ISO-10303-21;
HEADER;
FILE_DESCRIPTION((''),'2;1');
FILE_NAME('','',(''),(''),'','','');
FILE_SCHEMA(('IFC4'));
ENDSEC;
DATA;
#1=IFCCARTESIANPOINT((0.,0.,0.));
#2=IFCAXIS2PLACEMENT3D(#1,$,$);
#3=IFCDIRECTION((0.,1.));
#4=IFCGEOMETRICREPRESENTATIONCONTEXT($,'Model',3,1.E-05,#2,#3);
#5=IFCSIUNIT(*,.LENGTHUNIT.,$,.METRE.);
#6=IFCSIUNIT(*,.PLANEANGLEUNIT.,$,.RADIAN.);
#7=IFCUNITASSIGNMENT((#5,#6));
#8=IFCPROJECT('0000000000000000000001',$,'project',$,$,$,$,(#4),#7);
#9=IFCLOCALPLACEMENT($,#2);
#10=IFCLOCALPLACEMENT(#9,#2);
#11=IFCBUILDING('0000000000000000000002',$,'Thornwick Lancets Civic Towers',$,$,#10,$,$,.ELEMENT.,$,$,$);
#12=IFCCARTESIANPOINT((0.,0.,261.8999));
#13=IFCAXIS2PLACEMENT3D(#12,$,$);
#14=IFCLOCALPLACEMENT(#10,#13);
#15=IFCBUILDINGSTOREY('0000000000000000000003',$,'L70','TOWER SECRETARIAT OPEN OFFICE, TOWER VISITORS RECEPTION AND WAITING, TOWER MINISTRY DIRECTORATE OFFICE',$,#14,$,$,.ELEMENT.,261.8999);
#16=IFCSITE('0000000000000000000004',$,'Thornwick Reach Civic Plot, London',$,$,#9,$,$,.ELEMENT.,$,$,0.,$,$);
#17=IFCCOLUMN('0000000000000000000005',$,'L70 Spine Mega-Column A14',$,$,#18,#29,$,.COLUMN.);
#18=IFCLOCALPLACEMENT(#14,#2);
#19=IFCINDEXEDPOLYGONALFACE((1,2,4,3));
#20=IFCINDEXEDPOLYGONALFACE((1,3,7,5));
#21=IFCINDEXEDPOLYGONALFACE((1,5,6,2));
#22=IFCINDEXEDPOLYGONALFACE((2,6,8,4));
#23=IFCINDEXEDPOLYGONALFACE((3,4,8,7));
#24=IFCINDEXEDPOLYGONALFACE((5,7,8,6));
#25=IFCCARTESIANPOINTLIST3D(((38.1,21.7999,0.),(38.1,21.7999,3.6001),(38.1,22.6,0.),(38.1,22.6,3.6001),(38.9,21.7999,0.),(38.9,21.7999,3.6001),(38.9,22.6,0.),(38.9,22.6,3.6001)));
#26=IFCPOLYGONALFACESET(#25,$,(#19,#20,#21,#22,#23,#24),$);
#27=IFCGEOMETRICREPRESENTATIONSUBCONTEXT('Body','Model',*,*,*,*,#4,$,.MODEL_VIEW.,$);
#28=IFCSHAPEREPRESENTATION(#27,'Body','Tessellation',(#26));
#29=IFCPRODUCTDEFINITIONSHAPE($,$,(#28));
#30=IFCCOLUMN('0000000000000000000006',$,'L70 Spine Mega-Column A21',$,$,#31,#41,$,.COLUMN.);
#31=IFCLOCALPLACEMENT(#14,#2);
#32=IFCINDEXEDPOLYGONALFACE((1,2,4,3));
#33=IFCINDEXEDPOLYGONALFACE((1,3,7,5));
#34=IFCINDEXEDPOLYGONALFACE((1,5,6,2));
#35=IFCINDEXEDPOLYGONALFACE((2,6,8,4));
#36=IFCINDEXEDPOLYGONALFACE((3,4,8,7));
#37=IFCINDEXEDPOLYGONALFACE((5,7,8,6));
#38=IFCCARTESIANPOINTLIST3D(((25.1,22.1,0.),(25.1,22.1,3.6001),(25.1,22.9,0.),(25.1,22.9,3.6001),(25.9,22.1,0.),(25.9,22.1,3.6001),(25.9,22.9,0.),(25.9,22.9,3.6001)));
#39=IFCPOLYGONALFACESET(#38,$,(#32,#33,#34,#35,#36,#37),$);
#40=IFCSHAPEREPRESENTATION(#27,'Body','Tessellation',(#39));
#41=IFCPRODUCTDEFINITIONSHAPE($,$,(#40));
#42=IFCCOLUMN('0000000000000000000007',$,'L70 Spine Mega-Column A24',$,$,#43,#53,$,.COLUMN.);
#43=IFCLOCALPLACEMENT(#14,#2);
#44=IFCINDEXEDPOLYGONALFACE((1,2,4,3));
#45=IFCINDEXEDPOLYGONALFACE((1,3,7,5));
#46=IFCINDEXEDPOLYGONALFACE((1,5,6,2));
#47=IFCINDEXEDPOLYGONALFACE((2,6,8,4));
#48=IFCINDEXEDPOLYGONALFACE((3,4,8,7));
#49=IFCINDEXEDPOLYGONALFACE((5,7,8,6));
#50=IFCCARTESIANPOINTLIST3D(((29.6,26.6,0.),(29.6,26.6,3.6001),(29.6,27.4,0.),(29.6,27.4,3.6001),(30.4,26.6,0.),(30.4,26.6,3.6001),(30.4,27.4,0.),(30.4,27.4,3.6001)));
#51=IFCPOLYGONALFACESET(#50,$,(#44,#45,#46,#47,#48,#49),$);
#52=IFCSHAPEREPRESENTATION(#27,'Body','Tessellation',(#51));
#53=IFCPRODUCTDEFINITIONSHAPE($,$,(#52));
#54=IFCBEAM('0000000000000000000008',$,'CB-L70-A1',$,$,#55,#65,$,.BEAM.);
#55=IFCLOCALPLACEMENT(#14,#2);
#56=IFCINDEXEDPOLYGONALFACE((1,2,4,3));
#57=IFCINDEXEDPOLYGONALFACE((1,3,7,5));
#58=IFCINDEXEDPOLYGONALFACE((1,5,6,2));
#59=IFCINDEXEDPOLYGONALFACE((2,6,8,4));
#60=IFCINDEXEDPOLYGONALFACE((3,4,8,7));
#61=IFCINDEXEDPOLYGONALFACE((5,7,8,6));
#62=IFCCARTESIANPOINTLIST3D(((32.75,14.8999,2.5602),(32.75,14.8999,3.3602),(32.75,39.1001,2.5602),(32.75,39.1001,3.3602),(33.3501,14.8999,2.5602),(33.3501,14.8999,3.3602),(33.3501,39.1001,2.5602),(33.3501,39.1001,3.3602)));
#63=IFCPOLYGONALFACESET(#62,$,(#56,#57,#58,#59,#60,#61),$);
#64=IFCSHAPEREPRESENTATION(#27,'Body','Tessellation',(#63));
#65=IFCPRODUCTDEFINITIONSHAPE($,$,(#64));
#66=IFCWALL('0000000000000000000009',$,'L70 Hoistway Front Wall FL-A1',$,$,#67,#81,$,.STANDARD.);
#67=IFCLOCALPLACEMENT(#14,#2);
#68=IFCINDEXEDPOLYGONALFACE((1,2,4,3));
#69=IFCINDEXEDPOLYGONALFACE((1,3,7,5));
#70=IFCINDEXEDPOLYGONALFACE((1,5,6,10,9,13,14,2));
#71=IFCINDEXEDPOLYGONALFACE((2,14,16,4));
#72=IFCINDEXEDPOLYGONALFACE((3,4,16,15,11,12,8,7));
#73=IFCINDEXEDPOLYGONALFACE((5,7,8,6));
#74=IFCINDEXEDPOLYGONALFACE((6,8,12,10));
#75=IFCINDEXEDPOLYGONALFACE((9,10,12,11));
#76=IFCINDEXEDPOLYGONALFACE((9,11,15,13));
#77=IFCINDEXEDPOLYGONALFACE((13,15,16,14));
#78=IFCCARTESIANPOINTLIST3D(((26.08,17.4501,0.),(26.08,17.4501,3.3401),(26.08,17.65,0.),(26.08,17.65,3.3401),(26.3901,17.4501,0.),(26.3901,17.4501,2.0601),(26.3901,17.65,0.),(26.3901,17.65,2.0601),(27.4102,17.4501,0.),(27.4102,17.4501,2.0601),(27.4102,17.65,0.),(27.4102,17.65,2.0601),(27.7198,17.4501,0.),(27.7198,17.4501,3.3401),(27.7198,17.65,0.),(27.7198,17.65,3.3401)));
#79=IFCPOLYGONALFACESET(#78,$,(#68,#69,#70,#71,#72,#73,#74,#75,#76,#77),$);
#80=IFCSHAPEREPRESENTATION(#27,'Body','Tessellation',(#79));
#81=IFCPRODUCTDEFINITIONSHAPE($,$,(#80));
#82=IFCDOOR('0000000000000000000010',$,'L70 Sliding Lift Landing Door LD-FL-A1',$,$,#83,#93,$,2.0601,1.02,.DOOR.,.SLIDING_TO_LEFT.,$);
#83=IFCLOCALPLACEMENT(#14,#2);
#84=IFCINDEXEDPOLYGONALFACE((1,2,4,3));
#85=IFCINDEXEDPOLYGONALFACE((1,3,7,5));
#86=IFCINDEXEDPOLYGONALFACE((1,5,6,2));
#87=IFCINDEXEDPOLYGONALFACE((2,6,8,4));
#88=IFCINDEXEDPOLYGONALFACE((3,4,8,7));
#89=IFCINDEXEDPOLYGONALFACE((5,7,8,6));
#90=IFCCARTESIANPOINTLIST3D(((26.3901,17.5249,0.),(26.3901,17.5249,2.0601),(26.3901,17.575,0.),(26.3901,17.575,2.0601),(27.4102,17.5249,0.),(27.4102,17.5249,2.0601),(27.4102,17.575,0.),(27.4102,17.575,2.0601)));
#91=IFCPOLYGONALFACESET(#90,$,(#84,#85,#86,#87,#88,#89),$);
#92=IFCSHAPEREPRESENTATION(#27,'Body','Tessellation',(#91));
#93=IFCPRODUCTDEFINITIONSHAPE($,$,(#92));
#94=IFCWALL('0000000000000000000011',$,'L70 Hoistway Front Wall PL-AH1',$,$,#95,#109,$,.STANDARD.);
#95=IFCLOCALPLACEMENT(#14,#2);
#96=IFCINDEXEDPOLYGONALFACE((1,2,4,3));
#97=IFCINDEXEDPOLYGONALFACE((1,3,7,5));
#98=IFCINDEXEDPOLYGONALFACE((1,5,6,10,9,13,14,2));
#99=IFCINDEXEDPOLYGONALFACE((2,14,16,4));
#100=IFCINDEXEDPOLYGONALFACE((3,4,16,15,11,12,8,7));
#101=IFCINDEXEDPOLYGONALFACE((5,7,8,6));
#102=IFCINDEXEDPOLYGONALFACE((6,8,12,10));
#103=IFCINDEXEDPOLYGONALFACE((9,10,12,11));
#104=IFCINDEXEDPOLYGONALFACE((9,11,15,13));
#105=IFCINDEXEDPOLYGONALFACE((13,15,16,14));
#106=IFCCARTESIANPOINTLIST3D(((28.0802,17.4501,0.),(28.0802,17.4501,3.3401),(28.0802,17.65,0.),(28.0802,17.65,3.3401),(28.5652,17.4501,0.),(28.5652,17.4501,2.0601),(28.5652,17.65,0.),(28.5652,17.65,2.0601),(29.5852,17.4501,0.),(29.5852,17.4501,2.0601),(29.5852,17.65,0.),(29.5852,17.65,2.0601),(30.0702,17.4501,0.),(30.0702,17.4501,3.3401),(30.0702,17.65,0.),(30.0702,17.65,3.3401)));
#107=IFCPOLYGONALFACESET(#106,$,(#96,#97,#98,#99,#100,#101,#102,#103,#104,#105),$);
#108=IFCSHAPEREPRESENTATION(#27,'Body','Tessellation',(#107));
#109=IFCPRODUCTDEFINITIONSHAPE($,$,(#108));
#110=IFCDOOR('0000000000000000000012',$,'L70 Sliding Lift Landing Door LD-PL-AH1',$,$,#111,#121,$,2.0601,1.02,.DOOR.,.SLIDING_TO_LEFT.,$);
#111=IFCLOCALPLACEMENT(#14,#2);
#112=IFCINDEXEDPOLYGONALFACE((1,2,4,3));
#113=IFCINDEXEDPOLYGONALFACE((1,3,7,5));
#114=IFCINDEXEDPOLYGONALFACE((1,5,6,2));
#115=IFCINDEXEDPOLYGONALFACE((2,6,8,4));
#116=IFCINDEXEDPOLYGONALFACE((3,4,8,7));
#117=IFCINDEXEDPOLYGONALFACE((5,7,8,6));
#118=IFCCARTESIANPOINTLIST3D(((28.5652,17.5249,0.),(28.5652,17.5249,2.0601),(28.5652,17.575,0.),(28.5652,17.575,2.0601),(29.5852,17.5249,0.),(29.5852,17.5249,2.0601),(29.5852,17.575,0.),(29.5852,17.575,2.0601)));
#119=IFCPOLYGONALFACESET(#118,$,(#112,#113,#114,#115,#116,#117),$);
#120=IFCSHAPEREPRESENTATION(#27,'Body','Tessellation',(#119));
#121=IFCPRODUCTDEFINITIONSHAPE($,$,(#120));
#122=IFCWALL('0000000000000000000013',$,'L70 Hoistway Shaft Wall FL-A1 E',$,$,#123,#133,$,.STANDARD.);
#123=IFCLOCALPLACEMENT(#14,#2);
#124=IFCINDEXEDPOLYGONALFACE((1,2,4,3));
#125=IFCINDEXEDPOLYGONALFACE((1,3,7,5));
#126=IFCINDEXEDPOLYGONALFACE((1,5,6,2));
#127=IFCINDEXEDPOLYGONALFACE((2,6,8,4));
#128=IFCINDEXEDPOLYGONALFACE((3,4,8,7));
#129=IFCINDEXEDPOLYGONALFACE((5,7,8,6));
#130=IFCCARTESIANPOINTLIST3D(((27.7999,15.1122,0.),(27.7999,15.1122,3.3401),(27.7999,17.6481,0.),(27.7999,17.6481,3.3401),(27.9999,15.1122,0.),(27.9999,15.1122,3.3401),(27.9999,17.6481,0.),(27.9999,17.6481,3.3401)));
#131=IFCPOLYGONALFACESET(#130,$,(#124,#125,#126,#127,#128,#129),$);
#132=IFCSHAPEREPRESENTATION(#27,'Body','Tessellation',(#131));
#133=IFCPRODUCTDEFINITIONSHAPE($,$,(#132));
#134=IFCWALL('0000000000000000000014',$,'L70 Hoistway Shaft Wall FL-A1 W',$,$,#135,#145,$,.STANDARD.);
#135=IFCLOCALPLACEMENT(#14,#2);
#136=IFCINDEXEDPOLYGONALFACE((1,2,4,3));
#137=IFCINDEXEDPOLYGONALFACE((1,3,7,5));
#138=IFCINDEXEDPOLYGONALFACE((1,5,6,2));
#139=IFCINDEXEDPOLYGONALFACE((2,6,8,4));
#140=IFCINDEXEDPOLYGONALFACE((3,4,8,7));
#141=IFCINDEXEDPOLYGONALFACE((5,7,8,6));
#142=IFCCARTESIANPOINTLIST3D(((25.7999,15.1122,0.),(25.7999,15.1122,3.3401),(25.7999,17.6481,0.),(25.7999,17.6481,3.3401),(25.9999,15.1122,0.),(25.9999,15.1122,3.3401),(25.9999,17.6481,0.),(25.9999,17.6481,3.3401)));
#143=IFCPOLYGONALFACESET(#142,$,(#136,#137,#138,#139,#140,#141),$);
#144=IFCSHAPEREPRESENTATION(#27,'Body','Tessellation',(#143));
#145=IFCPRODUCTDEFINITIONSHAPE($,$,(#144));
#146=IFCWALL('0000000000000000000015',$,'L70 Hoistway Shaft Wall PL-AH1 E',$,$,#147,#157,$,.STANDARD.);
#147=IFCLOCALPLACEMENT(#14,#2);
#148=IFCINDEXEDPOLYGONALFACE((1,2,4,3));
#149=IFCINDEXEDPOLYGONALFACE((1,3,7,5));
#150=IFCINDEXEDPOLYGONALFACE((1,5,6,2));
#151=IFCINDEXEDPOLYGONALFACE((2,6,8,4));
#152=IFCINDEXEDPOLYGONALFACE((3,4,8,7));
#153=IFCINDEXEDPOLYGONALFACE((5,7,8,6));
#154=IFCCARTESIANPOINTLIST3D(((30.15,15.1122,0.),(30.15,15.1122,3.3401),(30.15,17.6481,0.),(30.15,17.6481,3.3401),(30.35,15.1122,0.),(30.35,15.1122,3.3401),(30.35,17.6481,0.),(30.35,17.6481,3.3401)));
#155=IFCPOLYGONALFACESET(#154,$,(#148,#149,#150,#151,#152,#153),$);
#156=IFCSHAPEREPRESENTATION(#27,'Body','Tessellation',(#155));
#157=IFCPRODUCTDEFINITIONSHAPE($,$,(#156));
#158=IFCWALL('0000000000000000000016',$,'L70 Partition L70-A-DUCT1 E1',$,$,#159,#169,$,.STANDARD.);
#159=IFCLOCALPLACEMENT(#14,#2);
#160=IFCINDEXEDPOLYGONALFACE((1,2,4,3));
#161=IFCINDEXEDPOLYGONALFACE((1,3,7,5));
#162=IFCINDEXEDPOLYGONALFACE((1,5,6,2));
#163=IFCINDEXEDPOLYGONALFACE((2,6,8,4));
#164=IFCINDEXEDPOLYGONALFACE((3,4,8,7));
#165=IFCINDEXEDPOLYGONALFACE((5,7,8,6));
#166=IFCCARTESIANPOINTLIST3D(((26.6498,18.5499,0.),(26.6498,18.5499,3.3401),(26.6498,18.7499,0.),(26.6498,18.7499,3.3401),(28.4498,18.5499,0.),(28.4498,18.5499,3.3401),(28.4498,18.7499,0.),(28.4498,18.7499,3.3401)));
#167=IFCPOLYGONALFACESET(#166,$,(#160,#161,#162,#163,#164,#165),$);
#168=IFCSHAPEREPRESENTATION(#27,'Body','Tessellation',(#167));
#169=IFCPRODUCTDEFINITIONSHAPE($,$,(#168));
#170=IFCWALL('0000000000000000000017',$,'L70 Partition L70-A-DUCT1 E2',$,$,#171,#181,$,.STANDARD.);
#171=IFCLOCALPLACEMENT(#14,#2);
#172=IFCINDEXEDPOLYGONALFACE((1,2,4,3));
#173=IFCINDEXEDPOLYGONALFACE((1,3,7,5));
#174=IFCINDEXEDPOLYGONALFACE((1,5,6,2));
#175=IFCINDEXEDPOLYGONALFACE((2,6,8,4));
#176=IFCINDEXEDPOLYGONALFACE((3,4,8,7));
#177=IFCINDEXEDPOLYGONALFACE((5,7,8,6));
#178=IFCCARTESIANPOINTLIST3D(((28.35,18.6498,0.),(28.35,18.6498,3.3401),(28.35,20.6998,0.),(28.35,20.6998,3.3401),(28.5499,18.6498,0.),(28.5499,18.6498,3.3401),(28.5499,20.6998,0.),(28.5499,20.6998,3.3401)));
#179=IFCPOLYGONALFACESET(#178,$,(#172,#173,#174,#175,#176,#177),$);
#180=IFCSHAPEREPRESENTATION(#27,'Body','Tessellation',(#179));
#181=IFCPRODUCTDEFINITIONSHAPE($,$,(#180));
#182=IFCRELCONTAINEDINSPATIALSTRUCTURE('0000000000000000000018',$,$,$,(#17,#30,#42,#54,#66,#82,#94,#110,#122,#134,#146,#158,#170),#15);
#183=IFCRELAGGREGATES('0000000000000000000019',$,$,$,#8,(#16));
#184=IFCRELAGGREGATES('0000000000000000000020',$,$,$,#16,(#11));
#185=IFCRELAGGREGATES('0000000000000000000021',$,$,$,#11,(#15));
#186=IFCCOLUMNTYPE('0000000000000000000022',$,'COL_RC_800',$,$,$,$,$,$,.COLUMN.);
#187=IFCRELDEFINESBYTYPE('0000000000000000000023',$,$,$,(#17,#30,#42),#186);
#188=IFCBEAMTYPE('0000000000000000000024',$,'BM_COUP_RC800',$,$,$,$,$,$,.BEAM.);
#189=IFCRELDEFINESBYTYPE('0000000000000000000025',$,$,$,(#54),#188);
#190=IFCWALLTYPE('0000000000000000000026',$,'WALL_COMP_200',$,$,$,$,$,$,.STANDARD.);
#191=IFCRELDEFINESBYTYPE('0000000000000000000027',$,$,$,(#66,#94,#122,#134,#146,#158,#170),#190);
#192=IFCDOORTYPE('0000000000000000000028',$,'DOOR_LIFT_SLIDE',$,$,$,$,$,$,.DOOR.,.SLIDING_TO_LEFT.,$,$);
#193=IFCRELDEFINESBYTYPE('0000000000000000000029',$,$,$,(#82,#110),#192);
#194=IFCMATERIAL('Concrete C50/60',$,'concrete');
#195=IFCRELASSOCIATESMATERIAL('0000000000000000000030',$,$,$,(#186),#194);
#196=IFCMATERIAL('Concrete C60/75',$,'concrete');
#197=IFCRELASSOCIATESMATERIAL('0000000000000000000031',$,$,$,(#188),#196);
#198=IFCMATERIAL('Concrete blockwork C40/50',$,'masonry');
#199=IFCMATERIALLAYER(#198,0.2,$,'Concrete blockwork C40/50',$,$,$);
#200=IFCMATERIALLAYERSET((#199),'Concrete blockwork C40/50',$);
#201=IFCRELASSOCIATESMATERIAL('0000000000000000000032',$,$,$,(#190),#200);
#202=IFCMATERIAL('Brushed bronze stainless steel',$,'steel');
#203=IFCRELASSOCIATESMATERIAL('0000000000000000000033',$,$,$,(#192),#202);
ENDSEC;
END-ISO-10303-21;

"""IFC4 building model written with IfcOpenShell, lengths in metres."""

from ifc_helpers import new_model, si_unit, direction, frame, frame_2d, origin, origin_2d, place, context, subcontext, project, spatial, rectangle, extrude, material, layer, layer_set, material_profile, profile_set, type_object, element, fill, save


model = new_model("IFC4")

# Units and contexts
model_context = context("Model", 3, precision=1e-05, world=origin(), true_north=direction((0.0, 1.0)))
body_context = subcontext(model_context, "Body", "Model", "MODEL_VIEW")
ifc_project = project(units=[si_unit("LENGTHUNIT", "METRE"), si_unit("PLANEANGLEUNIT", "RADIAN")], contexts=[model_context])

# Site, building, storey
site_placement = place(None, origin())
site = spatial("IfcSite", under=ifc_project, at=site_placement, Name="Thornwick Reach Civic Plot, London", CompositionType="ELEMENT", RefElevation=0.0)
building_placement = place(site_placement, origin())
building = spatial("IfcBuilding", under=site, at=building_placement, Name="Thornwick Lancets Civic Towers", CompositionType="ELEMENT")
storey_placement = place(building_placement, frame((0.0, 0.0, 261.8999)))
storey = spatial("IfcBuildingStorey", under=building, at=storey_placement, Name="L70", Description="TOWER SECRETARIAT OPEN OFFICE, TOWER VISITORS RECEPTION AND WAITING, TOWER MINISTRY DIRECTORATE OFFICE", CompositionType="ELEMENT", Elevation=261.8999)

# Columns
ifc_material_1 = material(Name="Concrete C50/60", Category="concrete")
ifc_material_profile_1 = material_profile(ifc_material_1, rectangle(XDim=0.8, YDim=0.8, at=origin_2d()), Name="RC 800x800")
ifc_profile_set_1 = profile_set([ifc_material_profile_1], Name="Concrete C50/60")
column_type = type_object("IfcColumnType", Name="COL_RC_800", PredefinedType="COLUMN", material=ifc_profile_set_1)
for number, where, z_axis, x_axis, name in (
    (1, (38.5, 22.2, 0.0), (0.0, 0.0, 1.0), (1.0, 0.0, 0.0), "L70 Spine Mega-Column A14"),
    (2, (25.5, 22.5, 0.0), (0.0, 0.0, 1.0), (1.0, 0.0, 0.0), "L70 Spine Mega-Column A21"),
    (3, (30.0, 27.0, 0.0), (0.0, 0.0, 1.0), (1.0, 0.0, 0.0), "L70 Spine Mega-Column A24"),
):
    element("IfcColumn", number, at=place(storey_placement, frame(where, z_axis=z_axis, x_axis=x_axis)), inside=storey, type_object=column_type, Name=name, PredefinedType="COLUMN", context=body_context, shape_type="SweptSolid", body=[
        extrude(rectangle(XDim=0.8, YDim=0.8, at=origin_2d()), origin(), (0.0, 0.0, 1.0), 3.6001),
    ])

# Beam
ifc_material_2 = material(Name="Concrete C60/75", Category="concrete")
ifc_material_profile_2 = material_profile(ifc_material_2, rectangle(XDim=0.6001, YDim=0.8, at=origin_2d()), Name="RC 600x800")
ifc_profile_set_2 = profile_set([ifc_material_profile_2], Name="Concrete C60/75")
beam_type = type_object("IfcBeamType", Name="BM_COUP_RC800", PredefinedType="BEAM", material=ifc_profile_set_2)
beam_placement = place(storey_placement, frame((33.05, 14.8999, 2.9602), z_axis=(0.0, 1.0, 0.0), x_axis=(-1.0, 0.0, 0.0)))
element("IfcBeam", 4, at=beam_placement, inside=storey, type_object=beam_type, Name="CB-L70-A1", PredefinedType="BEAM", context=body_context, shape_type="SweptSolid", body=[
    extrude(rectangle(XDim=0.6001, YDim=0.8, at=origin_2d()), origin(), (0.0, 0.0, 1.0), 24.2002),
])

# Walls, openings, doors
ifc_material_3 = material(Name="Concrete blockwork C40/50", Category="masonry")
ifc_layer_1 = layer(ifc_material_3, 0.2, Name="Concrete blockwork C40/50")
ifc_layer_set_1 = layer_set([ifc_layer_1], Name="Concrete blockwork C40/50")
wall_type_1 = type_object("IfcWallType", Name="WALL_COMP_200", PredefinedType="STANDARD", material=ifc_layer_set_1)
wall_1_placement = place(storey_placement, frame((26.0801, 17.55, 0.0), z_axis=(0.0, 0.0, 1.0), x_axis=(1.0, 0.0, 0.0)))
wall_1 = element("IfcWall", 5, at=wall_1_placement, inside=storey, type_object=wall_type_1, Name="L70 Hoistway Front Wall FL-A1", PredefinedType="STANDARD", context=body_context, shape_type="SweptSolid", body=[
    extrude(rectangle(XDim=1.6399, YDim=0.2, at=frame_2d((0.8198, 0.0))), origin(), (0.0, 0.0, 1.0), 3.3401),
])
opening_1_placement = place(wall_1_placement, frame((0.3101, 0.0, 0.0)))
opening_1 = element("IfcOpeningElement", 6, at=opening_1_placement, cuts=wall_1, PredefinedType="OPENING", context=body_context, shape_type="SweptSolid", body=[
    extrude(rectangle(XDim=1.02, YDim=2.0601, at=frame_2d((0.51, 1.03))), frame((0.0, 0.1099, 0.0), z_axis=(0.0, -1.0, 0.0), x_axis=(1.0, 0.0, 0.0)), (0.0, 0.0, 1.0), 0.22),
])
ifc_material_4 = material(Name="Brushed bronze stainless steel", Category="steel")
door_type_1 = type_object("IfcDoorType", Name="DOOR_LIFT_SLIDE", OperationType="SLIDING_TO_LEFT", PredefinedType="DOOR", material=ifc_material_4)
door_1_placement = place(opening_1_placement, origin())
door_1 = element("IfcDoor", 7, at=door_1_placement, inside=storey, type_object=door_type_1, Name="L70 Sliding Lift Landing Door LD-FL-A1", OperationType="SLIDING_TO_LEFT", OverallHeight=2.0601, OverallWidth=1.02, PredefinedType="DOOR", context=body_context, shape_type="SweptSolid", body=[
    extrude(rectangle(XDim=1.02, YDim=2.0601, at=frame_2d((0.51, 1.03))), frame((0.0, 0.0249, 0.0), z_axis=(0.0, -1.0, 0.0), x_axis=(1.0, 0.0, 0.0)), (0.0, 0.0, 1.0), 0.05),
])
fill(opening_1, door_1)
wall_2_placement = place(storey_placement, frame((28.0801, 17.55, 0.0), z_axis=(0.0, 0.0, 1.0), x_axis=(1.0, 0.0, 0.0)))
wall_2 = element("IfcWall", 8, at=wall_2_placement, inside=storey, type_object=wall_type_1, Name="L70 Hoistway Front Wall PL-AH1", PredefinedType="STANDARD", context=body_context, shape_type="SweptSolid", body=[
    extrude(rectangle(XDim=1.99, YDim=0.2, at=frame_2d((0.9951, 0.0))), origin(), (0.0, 0.0, 1.0), 3.3401),
])
opening_2_placement = place(wall_2_placement, frame((0.4851, 0.0, 0.0)))
opening_2 = element("IfcOpeningElement", 9, at=opening_2_placement, cuts=wall_2, PredefinedType="OPENING", context=body_context, shape_type="SweptSolid", body=[
    extrude(rectangle(XDim=1.02, YDim=2.0601, at=frame_2d((0.51, 1.03))), frame((0.0, 0.1099, 0.0), z_axis=(0.0, -1.0, 0.0), x_axis=(1.0, 0.0, 0.0)), (0.0, 0.0, 1.0), 0.22),
])
door_2_placement = place(opening_2_placement, origin())
door_2 = element("IfcDoor", 10, at=door_2_placement, inside=storey, type_object=door_type_1, Name="L70 Sliding Lift Landing Door LD-PL-AH1", OperationType="SLIDING_TO_LEFT", OverallHeight=2.0601, OverallWidth=1.02, PredefinedType="DOOR", context=body_context, shape_type="SweptSolid", body=[
    extrude(rectangle(XDim=1.02, YDim=2.0601, at=frame_2d((0.51, 1.03))), frame((0.0, 0.0249, 0.0), z_axis=(0.0, -1.0, 0.0), x_axis=(1.0, 0.0, 0.0)), (0.0, 0.0, 1.0), 0.05),
])
fill(opening_2, door_2)

# Walls
for number, where, z_axis, x_axis, name in (
    (11, (27.8999, 15.1121, 0.0), (0.0, 0.0, 1.0), (0.0, 1.0, 0.0), "L70 Hoistway Shaft Wall FL-A1 E"),
    (12, (25.8999, 15.1121, 0.0), (0.0, 0.0, 1.0), (0.0, 1.0, 0.0), "L70 Hoistway Shaft Wall FL-A1 W"),
    (13, (30.25, 15.1121, 0.0), (0.0, 0.0, 1.0), (0.0, 1.0, 0.0), "L70 Hoistway Shaft Wall PL-AH1 E"),
):
    element("IfcWall", number, at=place(storey_placement, frame(where, z_axis=z_axis, x_axis=x_axis)), inside=storey, type_object=wall_type_1, Name=name, PredefinedType="STANDARD", context=body_context, shape_type="SweptSolid", body=[
        extrude(rectangle(XDim=2.5359, YDim=0.2, at=frame_2d((1.2681, 0.0))), origin(), (0.0, 0.0, 1.0), 3.3401),
    ])
wall_3_placement = place(storey_placement, frame((26.6499, 18.6499, 0.0), z_axis=(0.0, 0.0, 1.0), x_axis=(1.0, 0.0, 0.0)))
element("IfcWall", 14, at=wall_3_placement, inside=storey, type_object=wall_type_1, Name="L70 Partition L70-A-DUCT1 E1", PredefinedType="STANDARD", context=body_context, shape_type="SweptSolid", body=[
    extrude(rectangle(XDim=1.8, YDim=0.2, at=frame_2d((0.8999, 0.0))), origin(), (0.0, 0.0, 1.0), 3.3401),
])
wall_4_placement = place(storey_placement, frame((28.45, 18.6499, 0.0), z_axis=(0.0, 0.0, 1.0), x_axis=(0.0, 1.0, 0.0)))
element("IfcWall", 15, at=wall_4_placement, inside=storey, type_object=wall_type_1, Name="L70 Partition L70-A-DUCT1 E2", PredefinedType="STANDARD", context=body_context, shape_type="SweptSolid", body=[
    extrude(rectangle(XDim=2.05, YDim=0.2, at=frame_2d((1.0249, 0.0))), origin(), (0.0, 0.0, 1.0), 3.3401),
])

save(model, "model.ifc")
